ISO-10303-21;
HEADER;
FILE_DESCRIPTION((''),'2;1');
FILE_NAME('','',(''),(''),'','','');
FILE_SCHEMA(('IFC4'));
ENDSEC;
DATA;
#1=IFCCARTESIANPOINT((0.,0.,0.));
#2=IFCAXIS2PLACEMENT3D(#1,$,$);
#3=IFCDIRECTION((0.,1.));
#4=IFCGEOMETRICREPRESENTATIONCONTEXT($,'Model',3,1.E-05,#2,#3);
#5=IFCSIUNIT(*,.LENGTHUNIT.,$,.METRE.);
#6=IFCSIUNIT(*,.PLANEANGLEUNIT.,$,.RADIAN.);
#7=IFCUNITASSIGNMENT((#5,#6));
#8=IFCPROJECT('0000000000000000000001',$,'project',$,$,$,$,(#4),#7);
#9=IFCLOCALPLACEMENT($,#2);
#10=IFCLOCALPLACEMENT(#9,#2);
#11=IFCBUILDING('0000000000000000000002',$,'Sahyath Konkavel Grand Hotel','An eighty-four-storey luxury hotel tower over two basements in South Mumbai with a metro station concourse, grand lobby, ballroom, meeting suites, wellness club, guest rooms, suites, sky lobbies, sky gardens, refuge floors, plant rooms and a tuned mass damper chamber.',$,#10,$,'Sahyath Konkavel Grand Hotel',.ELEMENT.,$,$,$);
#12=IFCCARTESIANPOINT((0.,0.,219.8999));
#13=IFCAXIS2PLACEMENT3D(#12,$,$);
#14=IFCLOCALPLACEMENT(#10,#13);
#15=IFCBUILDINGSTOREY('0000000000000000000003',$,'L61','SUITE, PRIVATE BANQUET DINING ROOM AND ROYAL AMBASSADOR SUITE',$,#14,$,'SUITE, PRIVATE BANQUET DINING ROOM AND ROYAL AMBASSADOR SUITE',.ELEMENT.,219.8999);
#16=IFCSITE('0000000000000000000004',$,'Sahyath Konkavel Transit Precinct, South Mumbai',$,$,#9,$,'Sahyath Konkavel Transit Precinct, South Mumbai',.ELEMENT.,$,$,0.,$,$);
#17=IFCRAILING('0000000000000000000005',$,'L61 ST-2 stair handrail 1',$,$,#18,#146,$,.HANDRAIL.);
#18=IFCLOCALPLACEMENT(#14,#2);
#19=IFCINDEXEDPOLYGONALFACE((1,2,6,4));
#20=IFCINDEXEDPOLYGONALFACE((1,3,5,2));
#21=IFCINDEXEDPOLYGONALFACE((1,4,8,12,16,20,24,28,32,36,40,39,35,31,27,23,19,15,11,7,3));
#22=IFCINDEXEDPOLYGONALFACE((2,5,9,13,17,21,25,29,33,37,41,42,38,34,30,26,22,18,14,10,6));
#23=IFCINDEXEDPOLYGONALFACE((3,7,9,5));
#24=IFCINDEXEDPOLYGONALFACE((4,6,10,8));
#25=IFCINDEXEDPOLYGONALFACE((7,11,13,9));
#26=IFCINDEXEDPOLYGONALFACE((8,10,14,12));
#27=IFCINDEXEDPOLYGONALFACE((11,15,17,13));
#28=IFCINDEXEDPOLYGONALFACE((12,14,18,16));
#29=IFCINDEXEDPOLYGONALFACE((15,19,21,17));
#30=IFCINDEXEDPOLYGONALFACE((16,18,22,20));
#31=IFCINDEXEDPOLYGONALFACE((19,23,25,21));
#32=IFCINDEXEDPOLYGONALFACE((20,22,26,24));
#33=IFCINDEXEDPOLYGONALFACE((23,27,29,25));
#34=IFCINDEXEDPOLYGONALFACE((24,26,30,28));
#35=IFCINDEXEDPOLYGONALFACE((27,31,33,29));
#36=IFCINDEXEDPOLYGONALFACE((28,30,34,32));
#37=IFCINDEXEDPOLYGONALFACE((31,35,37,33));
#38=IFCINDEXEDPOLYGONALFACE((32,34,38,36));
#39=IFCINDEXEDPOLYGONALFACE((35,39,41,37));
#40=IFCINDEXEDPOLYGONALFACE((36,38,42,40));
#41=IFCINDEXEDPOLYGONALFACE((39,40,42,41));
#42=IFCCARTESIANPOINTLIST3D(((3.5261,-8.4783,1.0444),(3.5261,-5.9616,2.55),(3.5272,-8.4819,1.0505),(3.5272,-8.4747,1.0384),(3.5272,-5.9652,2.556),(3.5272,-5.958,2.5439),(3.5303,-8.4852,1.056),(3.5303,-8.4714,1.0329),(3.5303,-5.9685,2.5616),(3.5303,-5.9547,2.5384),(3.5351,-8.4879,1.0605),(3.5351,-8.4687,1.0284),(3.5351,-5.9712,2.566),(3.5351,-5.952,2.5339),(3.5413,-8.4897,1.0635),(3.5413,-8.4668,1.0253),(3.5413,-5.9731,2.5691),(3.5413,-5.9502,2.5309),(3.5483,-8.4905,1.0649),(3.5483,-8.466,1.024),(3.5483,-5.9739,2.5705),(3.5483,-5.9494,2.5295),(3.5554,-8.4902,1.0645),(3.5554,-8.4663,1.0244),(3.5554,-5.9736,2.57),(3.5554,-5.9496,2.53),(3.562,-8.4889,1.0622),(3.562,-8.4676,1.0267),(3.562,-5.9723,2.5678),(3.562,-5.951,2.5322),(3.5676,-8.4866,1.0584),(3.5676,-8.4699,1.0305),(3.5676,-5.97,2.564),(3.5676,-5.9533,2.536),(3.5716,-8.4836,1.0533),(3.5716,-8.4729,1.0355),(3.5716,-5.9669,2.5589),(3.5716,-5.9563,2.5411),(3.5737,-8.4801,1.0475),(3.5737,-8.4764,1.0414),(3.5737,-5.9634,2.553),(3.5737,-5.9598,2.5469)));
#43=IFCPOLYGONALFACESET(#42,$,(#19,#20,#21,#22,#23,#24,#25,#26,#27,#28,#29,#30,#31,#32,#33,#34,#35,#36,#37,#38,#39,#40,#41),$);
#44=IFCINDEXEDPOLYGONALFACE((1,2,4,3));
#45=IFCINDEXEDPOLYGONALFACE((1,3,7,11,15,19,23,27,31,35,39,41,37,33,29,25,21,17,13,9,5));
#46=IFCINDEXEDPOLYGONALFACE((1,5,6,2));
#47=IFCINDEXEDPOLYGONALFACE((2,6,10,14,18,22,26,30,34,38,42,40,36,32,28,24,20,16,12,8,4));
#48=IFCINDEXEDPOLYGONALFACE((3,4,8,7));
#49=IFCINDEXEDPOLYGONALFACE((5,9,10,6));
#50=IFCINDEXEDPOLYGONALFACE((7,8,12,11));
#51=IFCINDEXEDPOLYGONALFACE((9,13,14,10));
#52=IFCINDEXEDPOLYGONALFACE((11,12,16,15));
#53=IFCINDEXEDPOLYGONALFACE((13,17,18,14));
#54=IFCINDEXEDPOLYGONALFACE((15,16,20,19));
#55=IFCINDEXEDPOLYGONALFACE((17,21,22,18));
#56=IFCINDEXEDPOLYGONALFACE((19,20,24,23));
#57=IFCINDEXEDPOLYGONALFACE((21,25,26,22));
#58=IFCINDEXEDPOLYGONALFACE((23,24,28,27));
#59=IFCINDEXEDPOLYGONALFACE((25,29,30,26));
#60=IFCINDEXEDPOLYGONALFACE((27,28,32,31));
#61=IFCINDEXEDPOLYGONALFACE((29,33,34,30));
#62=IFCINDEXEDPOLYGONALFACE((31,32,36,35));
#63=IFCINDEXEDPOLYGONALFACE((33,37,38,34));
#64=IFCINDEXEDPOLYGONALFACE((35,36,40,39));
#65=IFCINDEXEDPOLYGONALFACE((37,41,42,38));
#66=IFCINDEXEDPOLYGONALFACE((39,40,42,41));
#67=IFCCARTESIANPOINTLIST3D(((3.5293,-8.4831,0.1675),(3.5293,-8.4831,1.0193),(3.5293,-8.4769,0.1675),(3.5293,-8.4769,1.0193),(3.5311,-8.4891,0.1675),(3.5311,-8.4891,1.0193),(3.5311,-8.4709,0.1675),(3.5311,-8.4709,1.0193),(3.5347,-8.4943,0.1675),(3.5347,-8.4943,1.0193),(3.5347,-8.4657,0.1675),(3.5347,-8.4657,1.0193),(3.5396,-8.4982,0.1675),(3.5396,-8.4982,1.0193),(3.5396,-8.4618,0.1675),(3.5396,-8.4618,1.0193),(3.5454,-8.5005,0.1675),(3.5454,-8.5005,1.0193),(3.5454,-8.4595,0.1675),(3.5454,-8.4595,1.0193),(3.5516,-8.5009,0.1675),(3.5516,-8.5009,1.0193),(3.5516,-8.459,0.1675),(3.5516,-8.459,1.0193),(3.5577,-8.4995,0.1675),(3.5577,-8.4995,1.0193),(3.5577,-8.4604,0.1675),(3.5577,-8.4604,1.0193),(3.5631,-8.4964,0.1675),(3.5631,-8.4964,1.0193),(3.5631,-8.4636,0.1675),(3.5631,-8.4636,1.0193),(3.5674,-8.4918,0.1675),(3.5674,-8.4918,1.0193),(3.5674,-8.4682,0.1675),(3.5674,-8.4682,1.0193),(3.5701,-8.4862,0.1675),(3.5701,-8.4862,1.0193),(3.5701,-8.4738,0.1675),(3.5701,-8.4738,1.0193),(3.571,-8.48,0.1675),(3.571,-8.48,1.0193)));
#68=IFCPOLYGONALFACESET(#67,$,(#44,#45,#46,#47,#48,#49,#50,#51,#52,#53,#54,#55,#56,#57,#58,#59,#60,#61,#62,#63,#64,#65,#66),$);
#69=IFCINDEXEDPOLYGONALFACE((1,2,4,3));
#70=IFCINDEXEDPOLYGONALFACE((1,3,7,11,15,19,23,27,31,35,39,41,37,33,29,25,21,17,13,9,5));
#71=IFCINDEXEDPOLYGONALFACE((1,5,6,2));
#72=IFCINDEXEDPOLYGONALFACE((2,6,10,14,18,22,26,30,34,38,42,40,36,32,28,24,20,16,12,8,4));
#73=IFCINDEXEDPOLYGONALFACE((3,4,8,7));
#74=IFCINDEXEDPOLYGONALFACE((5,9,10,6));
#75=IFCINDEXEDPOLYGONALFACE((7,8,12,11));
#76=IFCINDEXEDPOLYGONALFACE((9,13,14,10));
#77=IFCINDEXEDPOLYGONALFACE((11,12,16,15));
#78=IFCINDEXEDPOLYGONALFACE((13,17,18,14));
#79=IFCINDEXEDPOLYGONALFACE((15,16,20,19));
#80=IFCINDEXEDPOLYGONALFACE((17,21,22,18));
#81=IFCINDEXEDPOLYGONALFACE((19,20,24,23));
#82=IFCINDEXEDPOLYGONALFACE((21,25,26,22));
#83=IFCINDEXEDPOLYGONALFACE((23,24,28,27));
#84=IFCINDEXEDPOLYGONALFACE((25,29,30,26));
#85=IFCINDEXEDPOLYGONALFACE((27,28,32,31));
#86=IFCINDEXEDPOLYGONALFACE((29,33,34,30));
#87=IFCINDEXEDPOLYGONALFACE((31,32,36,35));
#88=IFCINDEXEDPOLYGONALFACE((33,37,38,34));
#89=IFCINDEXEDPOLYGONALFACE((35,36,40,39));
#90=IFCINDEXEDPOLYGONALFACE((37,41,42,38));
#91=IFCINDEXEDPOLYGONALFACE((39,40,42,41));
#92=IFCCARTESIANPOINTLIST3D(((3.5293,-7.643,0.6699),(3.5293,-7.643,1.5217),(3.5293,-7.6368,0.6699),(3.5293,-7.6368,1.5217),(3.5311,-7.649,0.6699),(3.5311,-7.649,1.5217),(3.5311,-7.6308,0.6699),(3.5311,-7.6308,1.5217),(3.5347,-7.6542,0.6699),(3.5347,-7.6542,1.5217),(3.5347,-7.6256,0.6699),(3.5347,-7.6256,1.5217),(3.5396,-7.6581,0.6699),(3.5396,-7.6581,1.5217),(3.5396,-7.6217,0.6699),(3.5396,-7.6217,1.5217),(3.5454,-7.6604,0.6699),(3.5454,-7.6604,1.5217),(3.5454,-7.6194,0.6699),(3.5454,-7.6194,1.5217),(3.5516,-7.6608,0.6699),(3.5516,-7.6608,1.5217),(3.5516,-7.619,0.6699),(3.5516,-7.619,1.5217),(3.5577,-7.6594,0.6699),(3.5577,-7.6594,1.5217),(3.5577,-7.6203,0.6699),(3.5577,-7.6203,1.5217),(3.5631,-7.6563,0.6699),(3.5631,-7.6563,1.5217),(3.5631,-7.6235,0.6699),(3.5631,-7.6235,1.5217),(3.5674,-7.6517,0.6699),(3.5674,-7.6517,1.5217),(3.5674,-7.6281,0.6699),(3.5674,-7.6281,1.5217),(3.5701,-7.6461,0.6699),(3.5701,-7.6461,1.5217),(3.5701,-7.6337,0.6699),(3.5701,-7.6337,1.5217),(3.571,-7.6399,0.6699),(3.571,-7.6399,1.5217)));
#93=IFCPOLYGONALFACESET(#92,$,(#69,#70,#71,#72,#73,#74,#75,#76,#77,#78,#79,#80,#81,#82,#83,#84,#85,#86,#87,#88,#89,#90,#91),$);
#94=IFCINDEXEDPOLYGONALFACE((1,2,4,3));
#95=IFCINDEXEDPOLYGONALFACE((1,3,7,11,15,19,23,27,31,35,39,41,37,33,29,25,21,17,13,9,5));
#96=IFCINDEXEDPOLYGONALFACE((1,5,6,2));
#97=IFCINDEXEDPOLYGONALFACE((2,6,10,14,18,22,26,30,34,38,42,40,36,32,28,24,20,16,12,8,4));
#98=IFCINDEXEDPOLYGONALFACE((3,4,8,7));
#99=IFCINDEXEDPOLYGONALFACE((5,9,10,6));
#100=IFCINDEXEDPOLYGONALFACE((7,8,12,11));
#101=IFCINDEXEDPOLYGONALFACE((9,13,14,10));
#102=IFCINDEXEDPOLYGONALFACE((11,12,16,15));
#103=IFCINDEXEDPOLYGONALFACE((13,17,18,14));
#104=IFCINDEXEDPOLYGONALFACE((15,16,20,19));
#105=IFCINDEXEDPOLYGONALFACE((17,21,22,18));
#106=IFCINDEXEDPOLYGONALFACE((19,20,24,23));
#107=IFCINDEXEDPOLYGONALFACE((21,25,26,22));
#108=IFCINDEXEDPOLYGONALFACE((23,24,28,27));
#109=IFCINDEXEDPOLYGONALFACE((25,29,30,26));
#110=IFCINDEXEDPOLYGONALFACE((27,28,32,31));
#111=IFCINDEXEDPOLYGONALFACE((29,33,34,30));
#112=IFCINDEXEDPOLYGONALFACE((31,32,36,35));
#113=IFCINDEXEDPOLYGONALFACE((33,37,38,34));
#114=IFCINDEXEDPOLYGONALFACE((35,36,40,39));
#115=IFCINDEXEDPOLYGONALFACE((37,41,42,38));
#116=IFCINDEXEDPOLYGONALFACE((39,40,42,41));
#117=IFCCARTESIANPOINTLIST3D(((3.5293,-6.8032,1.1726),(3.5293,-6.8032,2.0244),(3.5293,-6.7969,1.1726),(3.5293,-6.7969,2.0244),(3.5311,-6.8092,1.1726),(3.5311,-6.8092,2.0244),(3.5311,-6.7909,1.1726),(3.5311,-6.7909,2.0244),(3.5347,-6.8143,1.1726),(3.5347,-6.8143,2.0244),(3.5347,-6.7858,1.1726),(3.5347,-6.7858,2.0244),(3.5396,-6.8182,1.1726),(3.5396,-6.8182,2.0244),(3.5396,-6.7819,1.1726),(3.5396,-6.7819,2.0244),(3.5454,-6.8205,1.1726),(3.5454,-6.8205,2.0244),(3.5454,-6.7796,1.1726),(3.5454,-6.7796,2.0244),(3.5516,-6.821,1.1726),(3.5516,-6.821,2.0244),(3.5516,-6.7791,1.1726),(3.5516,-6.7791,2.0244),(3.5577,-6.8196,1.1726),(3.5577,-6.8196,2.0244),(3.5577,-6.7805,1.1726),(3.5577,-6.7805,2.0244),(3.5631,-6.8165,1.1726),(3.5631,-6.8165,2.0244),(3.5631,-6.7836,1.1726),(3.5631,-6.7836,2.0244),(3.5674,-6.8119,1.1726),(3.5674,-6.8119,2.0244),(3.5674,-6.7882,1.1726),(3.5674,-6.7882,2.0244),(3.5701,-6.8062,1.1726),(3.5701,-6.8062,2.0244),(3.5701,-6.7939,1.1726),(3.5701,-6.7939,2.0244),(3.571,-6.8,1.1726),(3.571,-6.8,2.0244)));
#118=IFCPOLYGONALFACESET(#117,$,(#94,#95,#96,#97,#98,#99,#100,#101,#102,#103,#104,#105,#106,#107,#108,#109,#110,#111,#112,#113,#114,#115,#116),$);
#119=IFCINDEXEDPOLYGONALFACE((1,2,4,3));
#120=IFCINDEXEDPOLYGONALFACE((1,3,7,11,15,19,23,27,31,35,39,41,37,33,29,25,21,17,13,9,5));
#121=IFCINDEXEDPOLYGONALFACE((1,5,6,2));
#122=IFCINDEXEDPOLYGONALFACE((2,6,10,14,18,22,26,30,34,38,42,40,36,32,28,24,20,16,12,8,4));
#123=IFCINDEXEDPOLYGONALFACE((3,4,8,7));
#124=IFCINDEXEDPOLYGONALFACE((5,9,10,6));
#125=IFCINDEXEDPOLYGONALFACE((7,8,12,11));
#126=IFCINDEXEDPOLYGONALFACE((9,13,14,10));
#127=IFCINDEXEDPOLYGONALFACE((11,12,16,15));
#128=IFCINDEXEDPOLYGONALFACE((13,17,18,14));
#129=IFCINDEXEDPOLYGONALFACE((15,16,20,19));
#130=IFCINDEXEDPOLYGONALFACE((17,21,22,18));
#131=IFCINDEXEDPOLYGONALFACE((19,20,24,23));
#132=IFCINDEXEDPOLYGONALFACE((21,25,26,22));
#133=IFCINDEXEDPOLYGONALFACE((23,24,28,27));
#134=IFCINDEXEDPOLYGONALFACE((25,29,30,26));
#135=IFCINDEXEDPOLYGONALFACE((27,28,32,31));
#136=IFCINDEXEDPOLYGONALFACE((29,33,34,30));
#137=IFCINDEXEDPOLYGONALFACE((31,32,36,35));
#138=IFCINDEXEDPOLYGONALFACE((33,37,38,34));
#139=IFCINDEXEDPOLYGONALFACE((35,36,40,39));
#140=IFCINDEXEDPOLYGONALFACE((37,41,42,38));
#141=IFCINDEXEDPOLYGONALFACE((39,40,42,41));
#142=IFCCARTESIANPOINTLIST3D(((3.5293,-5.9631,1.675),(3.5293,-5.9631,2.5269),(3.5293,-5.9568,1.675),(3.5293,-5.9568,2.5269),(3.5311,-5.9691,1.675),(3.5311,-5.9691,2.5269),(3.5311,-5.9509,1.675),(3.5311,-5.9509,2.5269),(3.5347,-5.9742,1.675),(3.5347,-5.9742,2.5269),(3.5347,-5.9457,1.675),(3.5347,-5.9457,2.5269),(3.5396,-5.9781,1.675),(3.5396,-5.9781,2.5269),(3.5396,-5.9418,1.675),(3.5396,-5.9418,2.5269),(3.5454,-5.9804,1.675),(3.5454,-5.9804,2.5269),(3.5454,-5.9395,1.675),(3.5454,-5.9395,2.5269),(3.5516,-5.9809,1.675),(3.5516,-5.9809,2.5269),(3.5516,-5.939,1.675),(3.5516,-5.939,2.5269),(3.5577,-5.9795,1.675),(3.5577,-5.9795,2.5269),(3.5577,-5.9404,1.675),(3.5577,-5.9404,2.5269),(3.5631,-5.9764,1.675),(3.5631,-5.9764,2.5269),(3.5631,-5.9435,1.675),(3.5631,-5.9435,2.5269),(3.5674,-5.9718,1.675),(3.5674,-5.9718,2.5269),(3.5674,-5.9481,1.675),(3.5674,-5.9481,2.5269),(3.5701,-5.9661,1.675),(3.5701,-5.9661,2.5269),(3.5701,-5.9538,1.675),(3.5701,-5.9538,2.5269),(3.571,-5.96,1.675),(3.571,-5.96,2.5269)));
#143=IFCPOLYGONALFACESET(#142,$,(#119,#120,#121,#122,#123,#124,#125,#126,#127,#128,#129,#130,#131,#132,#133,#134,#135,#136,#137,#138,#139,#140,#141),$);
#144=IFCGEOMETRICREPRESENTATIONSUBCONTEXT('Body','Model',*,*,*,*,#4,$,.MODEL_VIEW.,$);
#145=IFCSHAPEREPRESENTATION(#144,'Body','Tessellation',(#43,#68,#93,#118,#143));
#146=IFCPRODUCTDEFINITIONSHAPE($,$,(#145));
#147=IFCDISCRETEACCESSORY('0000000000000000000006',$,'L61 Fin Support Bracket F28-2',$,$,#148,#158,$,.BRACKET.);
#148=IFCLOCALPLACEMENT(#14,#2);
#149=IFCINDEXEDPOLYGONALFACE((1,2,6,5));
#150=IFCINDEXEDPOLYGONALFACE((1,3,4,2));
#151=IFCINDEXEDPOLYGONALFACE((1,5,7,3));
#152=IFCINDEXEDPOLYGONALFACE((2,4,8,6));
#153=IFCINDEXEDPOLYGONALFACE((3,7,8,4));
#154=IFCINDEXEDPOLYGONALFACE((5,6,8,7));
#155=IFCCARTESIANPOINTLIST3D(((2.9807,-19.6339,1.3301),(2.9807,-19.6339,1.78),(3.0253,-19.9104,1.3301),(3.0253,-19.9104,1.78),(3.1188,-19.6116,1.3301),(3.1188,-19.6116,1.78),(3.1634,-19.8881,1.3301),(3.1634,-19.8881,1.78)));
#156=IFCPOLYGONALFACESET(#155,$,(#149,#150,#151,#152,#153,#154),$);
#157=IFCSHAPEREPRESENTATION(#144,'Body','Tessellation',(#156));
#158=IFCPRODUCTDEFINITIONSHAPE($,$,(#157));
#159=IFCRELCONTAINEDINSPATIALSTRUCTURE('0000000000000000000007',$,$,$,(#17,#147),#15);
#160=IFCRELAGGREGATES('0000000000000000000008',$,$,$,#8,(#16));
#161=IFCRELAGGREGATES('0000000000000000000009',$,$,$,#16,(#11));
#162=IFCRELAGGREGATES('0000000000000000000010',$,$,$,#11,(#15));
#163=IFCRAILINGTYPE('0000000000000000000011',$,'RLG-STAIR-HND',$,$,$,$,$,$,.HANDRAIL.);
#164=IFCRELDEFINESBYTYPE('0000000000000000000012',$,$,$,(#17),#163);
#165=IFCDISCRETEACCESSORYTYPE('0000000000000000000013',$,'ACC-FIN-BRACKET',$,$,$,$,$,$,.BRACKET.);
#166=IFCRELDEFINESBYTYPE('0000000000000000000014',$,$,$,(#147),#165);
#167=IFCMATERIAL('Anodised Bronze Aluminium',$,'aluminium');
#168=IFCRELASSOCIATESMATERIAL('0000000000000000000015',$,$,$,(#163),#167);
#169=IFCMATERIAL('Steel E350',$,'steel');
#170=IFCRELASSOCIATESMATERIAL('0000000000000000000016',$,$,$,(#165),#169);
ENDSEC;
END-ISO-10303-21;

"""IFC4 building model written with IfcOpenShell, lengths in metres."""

from ifc_helpers import new_model, si_unit, direction, frame, origin, origin_2d, place, context, subcontext, project, spatial, rectangle, circle, extrude, source, transform, mapped, material, type_object, element, save


model = new_model("IFC4")

# Units and contexts
model_context = context("Model", 3, precision=1e-05, world=origin(), true_north=direction((0.0, 1.0)))
body_context = subcontext(model_context, "Body", "Model", "MODEL_VIEW")
ifc_project = project(units=[si_unit("LENGTHUNIT", "METRE"), si_unit("PLANEANGLEUNIT", "RADIAN")], contexts=[model_context])

# Site, building, storey
site_placement = place(None, origin())
site = spatial("IfcSite", under=ifc_project, at=site_placement, Name="Sahyath Konkavel Transit Precinct, South Mumbai", LongName="Sahyath Konkavel Transit Precinct, South Mumbai", CompositionType="ELEMENT", RefElevation=0.0)
building_placement = place(site_placement, origin())
building = spatial("IfcBuilding", under=site, at=building_placement, Name="Sahyath Konkavel Grand Hotel", Description="An eighty-four-storey luxury hotel tower over two basements in South Mumbai with a metro station concourse, grand lobby, ballroom, meeting suites, wellness club, guest rooms, suites, sky lobbies, sky gardens, refuge floors, plant rooms and a tuned mass damper chamber.", LongName="Sahyath Konkavel Grand Hotel", CompositionType="ELEMENT")
storey_placement = place(building_placement, frame((0.0, 0.0, 219.8999)))
storey = spatial("IfcBuildingStorey", under=building, at=storey_placement, Name="L61", Description="SUITE, PRIVATE BANQUET DINING ROOM AND ROYAL AMBASSADOR SUITE", LongName="SUITE, PRIVATE BANQUET DINING ROOM AND ROYAL AMBASSADOR SUITE", CompositionType="ELEMENT", Elevation=219.8999)

# Shared definitions
ifc_material_1 = material(Name="Steel E350", Category="steel")

# Shared definitions
ifc_material_2 = material(Name="Anodised Bronze Aluminium", Category="aluminium")

# Railing
railing_type_1 = type_object("IfcRailingType", Name="RLG-STAIR-HND", PredefinedType="HANDRAIL", material=ifc_material_2)
railing_1_placement = place(storey_placement, frame((3.55, -8.48, 0.1675)))
element("IfcRailing", 1, at=railing_1_placement, inside=storey, type_object=railing_type_1, Name="L61 ST-2 stair handrail 1", PredefinedType="HANDRAIL", context=body_context, shape_type="SweptSolid", body=[
    extrude(circle(Radius=0.0239, at=origin_2d()), frame((0.0, 0.0017, 0.877), z_axis=(0.0, 0.85816, 0.513383), x_axis=(-1.0, 0.0, 0.0)), (0.0, 0.0, 1.0), 2.9326),
    extrude(circle(Radius=0.021, at=origin_2d()), origin(), (0.0, 0.0, 1.0), 0.8518),
    extrude(circle(Radius=0.021, at=origin_2d()), frame((0.0, 0.8401, 0.5024)), (0.0, 0.0, 1.0), 0.8518),
    extrude(circle(Radius=0.021, at=origin_2d()), frame((0.0, 1.6799, 1.0051)), (0.0, 0.0, 1.0), 0.8518),
    extrude(circle(Radius=0.021, at=origin_2d()), frame((0.0, 2.52, 1.5076)), (0.0, 0.0, 1.0), 0.8518),
])

# Discrete accessory
discrete_accessory_type = type_object("IfcDiscreteAccessoryType", Name="ACC-FIN-BRACKET", PredefinedType="BRACKET", material=ifc_material_1)
shared_shape_1 = source(origin(), body_context, "Body", "SweptSolid", [
    extrude(rectangle(XDim=0.28, YDim=0.1399, at=origin_2d()), origin(), (0.0, 0.0, 1.0), 0.45),
])
discrete_accessory_placement = place(storey_placement, frame((3.072, -19.761, 1.3301), z_axis=(0.0, 0.0, 1.0), x_axis=(0.159313, -0.987228, 0.0)))
element("IfcDiscreteAccessory", 2, at=discrete_accessory_placement, inside=storey, type_object=discrete_accessory_type, Name="L61 Fin Support Bracket F28-2", PredefinedType="BRACKET", context=body_context, shape_type="MappedRepresentation", body=[
    mapped(shared_shape_1, transform((0.0, 0.0, 0.0), scale=1.0)),
])

save(model, "model.ifc")
